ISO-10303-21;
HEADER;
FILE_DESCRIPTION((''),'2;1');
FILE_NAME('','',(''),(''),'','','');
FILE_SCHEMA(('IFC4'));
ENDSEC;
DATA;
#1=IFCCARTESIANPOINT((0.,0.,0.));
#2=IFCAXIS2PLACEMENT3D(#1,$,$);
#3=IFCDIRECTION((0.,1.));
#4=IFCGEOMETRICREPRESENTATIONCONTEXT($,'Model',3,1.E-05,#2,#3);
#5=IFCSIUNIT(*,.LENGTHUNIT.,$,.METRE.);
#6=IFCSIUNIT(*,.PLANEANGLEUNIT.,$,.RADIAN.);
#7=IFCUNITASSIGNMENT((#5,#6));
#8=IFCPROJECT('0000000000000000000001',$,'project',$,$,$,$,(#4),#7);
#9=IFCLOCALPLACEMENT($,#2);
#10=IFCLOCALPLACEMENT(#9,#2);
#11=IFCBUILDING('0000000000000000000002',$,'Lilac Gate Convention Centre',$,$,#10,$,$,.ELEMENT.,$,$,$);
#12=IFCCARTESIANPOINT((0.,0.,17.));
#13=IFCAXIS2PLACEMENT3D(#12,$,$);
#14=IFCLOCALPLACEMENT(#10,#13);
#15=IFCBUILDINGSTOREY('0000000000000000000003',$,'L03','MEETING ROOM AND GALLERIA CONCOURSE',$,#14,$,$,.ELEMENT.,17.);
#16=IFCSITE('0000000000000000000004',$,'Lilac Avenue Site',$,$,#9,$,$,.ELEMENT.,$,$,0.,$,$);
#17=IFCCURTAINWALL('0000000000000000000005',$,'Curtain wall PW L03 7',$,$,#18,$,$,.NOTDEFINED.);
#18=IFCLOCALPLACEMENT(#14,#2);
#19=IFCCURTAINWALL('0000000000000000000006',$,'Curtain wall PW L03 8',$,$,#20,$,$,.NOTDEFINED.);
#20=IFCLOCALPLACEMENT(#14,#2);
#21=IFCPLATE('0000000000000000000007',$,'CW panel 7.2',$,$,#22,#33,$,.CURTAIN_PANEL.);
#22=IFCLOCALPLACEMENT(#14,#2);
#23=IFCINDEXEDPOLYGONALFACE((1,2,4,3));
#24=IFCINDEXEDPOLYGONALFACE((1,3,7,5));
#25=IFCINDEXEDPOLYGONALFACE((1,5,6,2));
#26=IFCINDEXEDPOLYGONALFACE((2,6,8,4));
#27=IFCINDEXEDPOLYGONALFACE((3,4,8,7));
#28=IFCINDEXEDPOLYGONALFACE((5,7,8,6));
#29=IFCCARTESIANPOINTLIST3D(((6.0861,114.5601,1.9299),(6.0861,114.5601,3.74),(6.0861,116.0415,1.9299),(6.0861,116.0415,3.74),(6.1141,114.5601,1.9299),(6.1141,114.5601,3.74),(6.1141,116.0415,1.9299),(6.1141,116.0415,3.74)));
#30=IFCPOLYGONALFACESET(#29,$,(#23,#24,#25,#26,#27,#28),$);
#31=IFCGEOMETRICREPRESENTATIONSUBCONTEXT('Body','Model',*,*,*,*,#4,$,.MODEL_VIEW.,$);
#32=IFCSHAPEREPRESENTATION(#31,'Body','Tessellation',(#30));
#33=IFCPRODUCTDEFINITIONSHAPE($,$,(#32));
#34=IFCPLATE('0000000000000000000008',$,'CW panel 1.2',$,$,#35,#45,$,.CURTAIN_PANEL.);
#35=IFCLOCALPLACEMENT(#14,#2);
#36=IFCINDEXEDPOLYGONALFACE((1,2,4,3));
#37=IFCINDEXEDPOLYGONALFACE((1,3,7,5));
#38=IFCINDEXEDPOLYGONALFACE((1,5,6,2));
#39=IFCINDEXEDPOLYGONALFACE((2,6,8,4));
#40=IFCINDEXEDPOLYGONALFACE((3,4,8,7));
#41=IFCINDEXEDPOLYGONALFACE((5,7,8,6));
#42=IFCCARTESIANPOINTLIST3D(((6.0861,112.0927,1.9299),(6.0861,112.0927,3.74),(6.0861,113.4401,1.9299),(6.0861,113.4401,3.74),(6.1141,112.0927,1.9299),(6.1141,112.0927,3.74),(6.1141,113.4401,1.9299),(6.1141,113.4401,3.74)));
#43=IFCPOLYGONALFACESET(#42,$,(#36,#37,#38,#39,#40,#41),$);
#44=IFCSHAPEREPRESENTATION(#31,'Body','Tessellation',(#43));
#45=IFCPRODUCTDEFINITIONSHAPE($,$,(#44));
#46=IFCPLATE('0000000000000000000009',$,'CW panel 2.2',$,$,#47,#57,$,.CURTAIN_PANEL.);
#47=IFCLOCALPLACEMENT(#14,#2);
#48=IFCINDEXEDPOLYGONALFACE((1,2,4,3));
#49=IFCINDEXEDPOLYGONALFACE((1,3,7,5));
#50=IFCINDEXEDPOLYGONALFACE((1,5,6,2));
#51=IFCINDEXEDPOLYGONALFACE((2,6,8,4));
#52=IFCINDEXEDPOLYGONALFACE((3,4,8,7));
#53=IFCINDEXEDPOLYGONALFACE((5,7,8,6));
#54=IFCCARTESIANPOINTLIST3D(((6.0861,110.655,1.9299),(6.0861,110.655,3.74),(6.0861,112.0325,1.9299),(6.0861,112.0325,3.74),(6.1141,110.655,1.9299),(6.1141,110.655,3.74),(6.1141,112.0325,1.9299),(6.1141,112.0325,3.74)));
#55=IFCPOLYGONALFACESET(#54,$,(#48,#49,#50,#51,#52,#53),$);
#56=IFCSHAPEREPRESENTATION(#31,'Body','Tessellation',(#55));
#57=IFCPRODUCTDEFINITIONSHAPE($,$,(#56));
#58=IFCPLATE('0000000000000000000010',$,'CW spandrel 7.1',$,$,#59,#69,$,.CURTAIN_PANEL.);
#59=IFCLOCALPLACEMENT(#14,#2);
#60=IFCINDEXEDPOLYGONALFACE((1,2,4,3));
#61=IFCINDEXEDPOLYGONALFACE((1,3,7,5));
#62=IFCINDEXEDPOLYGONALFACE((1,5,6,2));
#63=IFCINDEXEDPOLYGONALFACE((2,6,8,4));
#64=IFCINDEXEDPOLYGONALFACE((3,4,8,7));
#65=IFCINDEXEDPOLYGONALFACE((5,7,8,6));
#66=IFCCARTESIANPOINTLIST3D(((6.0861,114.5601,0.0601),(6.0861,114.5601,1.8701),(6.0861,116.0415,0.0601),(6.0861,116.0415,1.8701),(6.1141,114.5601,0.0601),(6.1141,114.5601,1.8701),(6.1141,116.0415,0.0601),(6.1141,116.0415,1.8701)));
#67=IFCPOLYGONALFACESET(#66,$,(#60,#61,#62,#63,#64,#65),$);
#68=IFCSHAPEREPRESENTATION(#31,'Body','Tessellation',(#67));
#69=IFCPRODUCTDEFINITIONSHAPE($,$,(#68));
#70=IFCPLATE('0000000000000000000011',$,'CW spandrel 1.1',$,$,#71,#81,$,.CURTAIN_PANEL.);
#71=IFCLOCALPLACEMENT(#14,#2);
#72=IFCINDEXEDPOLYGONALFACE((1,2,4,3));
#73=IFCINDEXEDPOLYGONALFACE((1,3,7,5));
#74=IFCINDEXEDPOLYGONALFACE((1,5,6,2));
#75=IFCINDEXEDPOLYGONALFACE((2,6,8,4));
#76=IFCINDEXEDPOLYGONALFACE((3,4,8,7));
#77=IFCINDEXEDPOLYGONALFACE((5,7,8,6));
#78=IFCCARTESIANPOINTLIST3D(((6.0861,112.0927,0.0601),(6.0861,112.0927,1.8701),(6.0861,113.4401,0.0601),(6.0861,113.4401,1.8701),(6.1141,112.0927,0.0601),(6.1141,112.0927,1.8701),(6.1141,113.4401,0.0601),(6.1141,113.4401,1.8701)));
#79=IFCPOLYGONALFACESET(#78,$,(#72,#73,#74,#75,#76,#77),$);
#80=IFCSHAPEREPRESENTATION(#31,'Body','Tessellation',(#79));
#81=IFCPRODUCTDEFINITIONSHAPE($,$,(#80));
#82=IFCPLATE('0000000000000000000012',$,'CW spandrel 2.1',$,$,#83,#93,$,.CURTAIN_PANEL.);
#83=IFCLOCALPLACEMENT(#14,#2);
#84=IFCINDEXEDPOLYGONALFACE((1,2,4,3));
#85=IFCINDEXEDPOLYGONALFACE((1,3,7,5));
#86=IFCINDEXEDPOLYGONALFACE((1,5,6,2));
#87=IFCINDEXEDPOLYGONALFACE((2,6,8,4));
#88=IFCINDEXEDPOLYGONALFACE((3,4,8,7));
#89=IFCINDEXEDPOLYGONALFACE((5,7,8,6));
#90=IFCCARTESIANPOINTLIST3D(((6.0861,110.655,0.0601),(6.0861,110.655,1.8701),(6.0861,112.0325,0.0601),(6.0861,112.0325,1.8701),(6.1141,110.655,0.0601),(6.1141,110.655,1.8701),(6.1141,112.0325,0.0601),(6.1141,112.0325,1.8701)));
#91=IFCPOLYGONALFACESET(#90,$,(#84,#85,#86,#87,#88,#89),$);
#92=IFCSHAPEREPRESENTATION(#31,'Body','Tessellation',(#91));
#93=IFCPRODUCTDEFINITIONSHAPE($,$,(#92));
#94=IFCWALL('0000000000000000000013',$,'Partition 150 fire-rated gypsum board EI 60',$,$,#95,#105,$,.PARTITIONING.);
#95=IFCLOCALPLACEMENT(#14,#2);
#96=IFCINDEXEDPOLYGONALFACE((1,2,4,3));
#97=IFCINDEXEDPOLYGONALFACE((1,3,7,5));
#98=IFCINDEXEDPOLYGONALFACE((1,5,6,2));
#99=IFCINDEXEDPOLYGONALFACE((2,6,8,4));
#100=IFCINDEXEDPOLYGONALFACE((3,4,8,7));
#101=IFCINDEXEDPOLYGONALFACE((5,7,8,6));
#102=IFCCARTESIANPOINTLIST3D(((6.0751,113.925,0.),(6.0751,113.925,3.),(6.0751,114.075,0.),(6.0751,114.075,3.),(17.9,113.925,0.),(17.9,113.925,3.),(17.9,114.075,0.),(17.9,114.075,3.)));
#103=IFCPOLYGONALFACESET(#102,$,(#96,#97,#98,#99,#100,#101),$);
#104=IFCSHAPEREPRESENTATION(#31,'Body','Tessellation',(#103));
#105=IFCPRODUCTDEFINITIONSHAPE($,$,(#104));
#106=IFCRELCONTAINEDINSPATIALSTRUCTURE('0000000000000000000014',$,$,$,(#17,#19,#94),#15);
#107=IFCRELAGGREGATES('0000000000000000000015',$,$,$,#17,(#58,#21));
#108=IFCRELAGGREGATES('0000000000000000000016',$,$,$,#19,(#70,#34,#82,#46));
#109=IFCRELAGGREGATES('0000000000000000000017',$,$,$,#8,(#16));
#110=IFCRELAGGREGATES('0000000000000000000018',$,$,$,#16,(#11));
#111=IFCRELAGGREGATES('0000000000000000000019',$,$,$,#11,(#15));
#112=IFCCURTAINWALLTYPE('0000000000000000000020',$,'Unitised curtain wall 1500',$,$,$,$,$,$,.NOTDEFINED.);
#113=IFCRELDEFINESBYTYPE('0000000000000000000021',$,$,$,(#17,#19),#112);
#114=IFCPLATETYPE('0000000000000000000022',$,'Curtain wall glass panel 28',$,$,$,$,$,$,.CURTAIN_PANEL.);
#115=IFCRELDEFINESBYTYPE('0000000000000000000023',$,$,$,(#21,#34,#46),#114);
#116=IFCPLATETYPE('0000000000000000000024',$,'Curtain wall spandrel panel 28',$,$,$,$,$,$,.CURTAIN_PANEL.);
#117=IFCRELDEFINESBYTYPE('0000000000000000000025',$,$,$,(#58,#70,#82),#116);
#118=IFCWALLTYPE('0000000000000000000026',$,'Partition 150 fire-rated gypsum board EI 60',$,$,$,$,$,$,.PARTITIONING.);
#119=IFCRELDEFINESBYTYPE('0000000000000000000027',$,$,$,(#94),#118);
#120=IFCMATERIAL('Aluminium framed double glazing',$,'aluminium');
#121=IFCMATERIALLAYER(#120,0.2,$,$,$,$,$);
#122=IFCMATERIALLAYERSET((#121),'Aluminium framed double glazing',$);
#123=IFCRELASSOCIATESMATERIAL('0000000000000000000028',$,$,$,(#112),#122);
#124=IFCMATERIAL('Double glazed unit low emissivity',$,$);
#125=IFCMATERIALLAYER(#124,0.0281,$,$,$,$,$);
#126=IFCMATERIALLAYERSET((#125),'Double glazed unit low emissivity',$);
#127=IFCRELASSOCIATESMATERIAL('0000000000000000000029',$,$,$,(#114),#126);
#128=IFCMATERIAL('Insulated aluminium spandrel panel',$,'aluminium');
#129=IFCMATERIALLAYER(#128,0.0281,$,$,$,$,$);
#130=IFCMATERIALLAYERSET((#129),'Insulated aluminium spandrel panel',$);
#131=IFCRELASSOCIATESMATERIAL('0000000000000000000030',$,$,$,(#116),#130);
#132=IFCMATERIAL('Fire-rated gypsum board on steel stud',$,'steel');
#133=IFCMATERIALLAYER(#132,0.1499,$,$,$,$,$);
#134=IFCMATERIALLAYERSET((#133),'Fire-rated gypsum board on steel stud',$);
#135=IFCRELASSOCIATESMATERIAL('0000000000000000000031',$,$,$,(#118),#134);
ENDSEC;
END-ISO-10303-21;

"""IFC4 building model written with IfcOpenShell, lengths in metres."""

from ifc_helpers import new_model, si_unit, direction, frame, frame_2d, origin, origin_2d, place, context, subcontext, project, spatial, rectangle, extrude, material, layer, layer_set, type_object, element, aggregate, save


model = new_model("IFC4")

# Units and contexts
model_context = context("Model", 3, precision=1e-05, world=origin(), true_north=direction((0.0, 1.0)))
body_context = subcontext(model_context, "Body", "Model", "MODEL_VIEW")
ifc_project = project(units=[si_unit("LENGTHUNIT", "METRE"), si_unit("PLANEANGLEUNIT", "RADIAN")], contexts=[model_context])

# Site, building, storey
site_placement = place(None, origin())
site = spatial("IfcSite", under=ifc_project, at=site_placement, Name="Lilac Avenue Site", CompositionType="ELEMENT", RefElevation=0.0)
building_placement = place(site_placement, origin())
building = spatial("IfcBuilding", under=site, at=building_placement, Name="Lilac Gate Convention Centre", CompositionType="ELEMENT")
storey_placement = place(building_placement, frame((0.0, 0.0, 17.0)))
storey = spatial("IfcBuildingStorey", under=building, at=storey_placement, Name="L03", Description="MEETING ROOM AND GALLERIA CONCOURSE", CompositionType="ELEMENT", Elevation=17.0)

# Curtain wall
ifc_material_1 = material(Name="Aluminium framed double glazing", Category="aluminium")
ifc_layer_1 = layer(ifc_material_1, 0.2)
ifc_layer_set_1 = layer_set([ifc_layer_1], Name="Aluminium framed double glazing")
curtain_wall_type = type_object("IfcCurtainWallType", Name="Unitised curtain wall 1500", PredefinedType="NOTDEFINED", material=ifc_layer_set_1)
curtain_wall_1_placement = place(storey_placement, origin())
curtain_wall_1 = element("IfcCurtainWall", 1, at=curtain_wall_1_placement, inside=storey, type_object=curtain_wall_type, Name="Curtain wall PW L03 7", PredefinedType="NOTDEFINED")

# Curtain wall
curtain_wall_2_placement = place(storey_placement, origin())
curtain_wall_2 = element("IfcCurtainWall", 2, at=curtain_wall_2_placement, inside=storey, type_object=curtain_wall_type, Name="Curtain wall PW L03 8", PredefinedType="NOTDEFINED")

# Plates
ifc_material_2 = material(Name="Double glazed unit low emissivity")
ifc_layer_2 = layer(ifc_material_2, 0.0281)
ifc_layer_set_2 = layer_set([ifc_layer_2], Name="Double glazed unit low emissivity")
plate_type_1 = type_object("IfcPlateType", Name="Curtain wall glass panel 28", PredefinedType="CURTAIN_PANEL", material=ifc_layer_set_2)
plate_1_placement = place(storey_placement, frame((6.1001, 115.3008, 1.9299), z_axis=(0.0, 0.0, 1.0), x_axis=(0.0, -1.0, 0.0)))
plate_1 = element("IfcPlate", 3, at=plate_1_placement, type_object=plate_type_1, Name="CW panel 7.2", PredefinedType="CURTAIN_PANEL", context=body_context, shape_type="SweptSolid", body=[
    extrude(rectangle(XDim=1.4814, YDim=0.0281, at=origin_2d()), origin(), (0.0, 0.0, 1.0), 1.8101),
])
plate_2_placement = place(storey_placement, frame((6.1001, 112.7664, 1.9299), z_axis=(0.0, 0.0, 1.0), x_axis=(0.0, -1.0, 0.0)))
plate_2 = element("IfcPlate", 4, at=plate_2_placement, type_object=plate_type_1, Name="CW panel 1.2", PredefinedType="CURTAIN_PANEL", context=body_context, shape_type="SweptSolid", body=[
    extrude(rectangle(XDim=1.3474, YDim=0.0281, at=origin_2d()), origin(), (0.0, 0.0, 1.0), 1.8101),
])
plate_3_placement = place(storey_placement, frame((6.1001, 111.3438, 1.9299), z_axis=(0.0, 0.0, 1.0), x_axis=(0.0, -1.0, 0.0)))
plate_3 = element("IfcPlate", 5, at=plate_3_placement, type_object=plate_type_1, Name="CW panel 2.2", PredefinedType="CURTAIN_PANEL", context=body_context, shape_type="SweptSolid", body=[
    extrude(rectangle(XDim=1.3774, YDim=0.0281, at=origin_2d()), origin(), (0.0, 0.0, 1.0), 1.8101),
])
ifc_material_3 = material(Name="Insulated aluminium spandrel panel", Category="aluminium")
ifc_layer_3 = layer(ifc_material_3, 0.0281)
ifc_layer_set_3 = layer_set([ifc_layer_3], Name="Insulated aluminium spandrel panel")
plate_type_2 = type_object("IfcPlateType", Name="Curtain wall spandrel panel 28", PredefinedType="CURTAIN_PANEL", material=ifc_layer_set_3)
plate_4_placement = place(storey_placement, frame((6.1001, 115.3008, 0.0601), z_axis=(0.0, 0.0, 1.0), x_axis=(0.0, -1.0, 0.0)))
plate_4 = element("IfcPlate", 6, at=plate_4_placement, type_object=plate_type_2, Name="CW spandrel 7.1", PredefinedType="CURTAIN_PANEL", context=body_context, shape_type="SweptSolid", body=[
    extrude(rectangle(XDim=1.4814, YDim=0.0281, at=origin_2d()), origin(), (0.0, 0.0, 1.0), 1.8101),
])
aggregate(curtain_wall_1, [plate_4, plate_1])
plate_5_placement = place(storey_placement, frame((6.1001, 112.7664, 0.0601), z_axis=(0.0, 0.0, 1.0), x_axis=(0.0, -1.0, 0.0)))
plate_5 = element("IfcPlate", 7, at=plate_5_placement, type_object=plate_type_2, Name="CW spandrel 1.1", PredefinedType="CURTAIN_PANEL", context=body_context, shape_type="SweptSolid", body=[
    extrude(rectangle(XDim=1.3474, YDim=0.0281, at=origin_2d()), origin(), (0.0, 0.0, 1.0), 1.8101),
])
plate_6_placement = place(storey_placement, frame((6.1001, 111.3438, 0.0601), z_axis=(0.0, 0.0, 1.0), x_axis=(0.0, -1.0, 0.0)))
plate_6 = element("IfcPlate", 8, at=plate_6_placement, type_object=plate_type_2, Name="CW spandrel 2.1", PredefinedType="CURTAIN_PANEL", context=body_context, shape_type="SweptSolid", body=[
    extrude(rectangle(XDim=1.3774, YDim=0.0281, at=origin_2d()), origin(), (0.0, 0.0, 1.0), 1.8101),
])
aggregate(curtain_wall_2, [plate_5, plate_2, plate_6, plate_3])

# Wall
ifc_material_4 = material(Name="Fire-rated gypsum board on steel stud", Category="steel")
ifc_layer_4 = layer(ifc_material_4, 0.1499)
ifc_layer_set_4 = layer_set([ifc_layer_4], Name="Fire-rated gypsum board on steel stud")
wall_type = type_object("IfcWallType", Name="Partition 150 fire-rated gypsum board EI 60", PredefinedType="PARTITIONING", material=ifc_layer_set_4)
wall_placement = place(storey_placement, frame((6.075, 114.0, 0.0), z_axis=(0.0, 0.0, 1.0), x_axis=(1.0, 0.0, 0.0)))
element("IfcWall", 9, at=wall_placement, inside=storey, type_object=wall_type, Name="Partition 150 fire-rated gypsum board EI 60", PredefinedType="PARTITIONING", context=body_context, shape_type="SweptSolid", body=[
    extrude(rectangle(XDim=11.825, YDim=0.1499, at=frame_2d((5.9126, 0.0))), origin(), (0.0, 0.0, 1.0), 3.0),
])

save(model, "model.ifc")
